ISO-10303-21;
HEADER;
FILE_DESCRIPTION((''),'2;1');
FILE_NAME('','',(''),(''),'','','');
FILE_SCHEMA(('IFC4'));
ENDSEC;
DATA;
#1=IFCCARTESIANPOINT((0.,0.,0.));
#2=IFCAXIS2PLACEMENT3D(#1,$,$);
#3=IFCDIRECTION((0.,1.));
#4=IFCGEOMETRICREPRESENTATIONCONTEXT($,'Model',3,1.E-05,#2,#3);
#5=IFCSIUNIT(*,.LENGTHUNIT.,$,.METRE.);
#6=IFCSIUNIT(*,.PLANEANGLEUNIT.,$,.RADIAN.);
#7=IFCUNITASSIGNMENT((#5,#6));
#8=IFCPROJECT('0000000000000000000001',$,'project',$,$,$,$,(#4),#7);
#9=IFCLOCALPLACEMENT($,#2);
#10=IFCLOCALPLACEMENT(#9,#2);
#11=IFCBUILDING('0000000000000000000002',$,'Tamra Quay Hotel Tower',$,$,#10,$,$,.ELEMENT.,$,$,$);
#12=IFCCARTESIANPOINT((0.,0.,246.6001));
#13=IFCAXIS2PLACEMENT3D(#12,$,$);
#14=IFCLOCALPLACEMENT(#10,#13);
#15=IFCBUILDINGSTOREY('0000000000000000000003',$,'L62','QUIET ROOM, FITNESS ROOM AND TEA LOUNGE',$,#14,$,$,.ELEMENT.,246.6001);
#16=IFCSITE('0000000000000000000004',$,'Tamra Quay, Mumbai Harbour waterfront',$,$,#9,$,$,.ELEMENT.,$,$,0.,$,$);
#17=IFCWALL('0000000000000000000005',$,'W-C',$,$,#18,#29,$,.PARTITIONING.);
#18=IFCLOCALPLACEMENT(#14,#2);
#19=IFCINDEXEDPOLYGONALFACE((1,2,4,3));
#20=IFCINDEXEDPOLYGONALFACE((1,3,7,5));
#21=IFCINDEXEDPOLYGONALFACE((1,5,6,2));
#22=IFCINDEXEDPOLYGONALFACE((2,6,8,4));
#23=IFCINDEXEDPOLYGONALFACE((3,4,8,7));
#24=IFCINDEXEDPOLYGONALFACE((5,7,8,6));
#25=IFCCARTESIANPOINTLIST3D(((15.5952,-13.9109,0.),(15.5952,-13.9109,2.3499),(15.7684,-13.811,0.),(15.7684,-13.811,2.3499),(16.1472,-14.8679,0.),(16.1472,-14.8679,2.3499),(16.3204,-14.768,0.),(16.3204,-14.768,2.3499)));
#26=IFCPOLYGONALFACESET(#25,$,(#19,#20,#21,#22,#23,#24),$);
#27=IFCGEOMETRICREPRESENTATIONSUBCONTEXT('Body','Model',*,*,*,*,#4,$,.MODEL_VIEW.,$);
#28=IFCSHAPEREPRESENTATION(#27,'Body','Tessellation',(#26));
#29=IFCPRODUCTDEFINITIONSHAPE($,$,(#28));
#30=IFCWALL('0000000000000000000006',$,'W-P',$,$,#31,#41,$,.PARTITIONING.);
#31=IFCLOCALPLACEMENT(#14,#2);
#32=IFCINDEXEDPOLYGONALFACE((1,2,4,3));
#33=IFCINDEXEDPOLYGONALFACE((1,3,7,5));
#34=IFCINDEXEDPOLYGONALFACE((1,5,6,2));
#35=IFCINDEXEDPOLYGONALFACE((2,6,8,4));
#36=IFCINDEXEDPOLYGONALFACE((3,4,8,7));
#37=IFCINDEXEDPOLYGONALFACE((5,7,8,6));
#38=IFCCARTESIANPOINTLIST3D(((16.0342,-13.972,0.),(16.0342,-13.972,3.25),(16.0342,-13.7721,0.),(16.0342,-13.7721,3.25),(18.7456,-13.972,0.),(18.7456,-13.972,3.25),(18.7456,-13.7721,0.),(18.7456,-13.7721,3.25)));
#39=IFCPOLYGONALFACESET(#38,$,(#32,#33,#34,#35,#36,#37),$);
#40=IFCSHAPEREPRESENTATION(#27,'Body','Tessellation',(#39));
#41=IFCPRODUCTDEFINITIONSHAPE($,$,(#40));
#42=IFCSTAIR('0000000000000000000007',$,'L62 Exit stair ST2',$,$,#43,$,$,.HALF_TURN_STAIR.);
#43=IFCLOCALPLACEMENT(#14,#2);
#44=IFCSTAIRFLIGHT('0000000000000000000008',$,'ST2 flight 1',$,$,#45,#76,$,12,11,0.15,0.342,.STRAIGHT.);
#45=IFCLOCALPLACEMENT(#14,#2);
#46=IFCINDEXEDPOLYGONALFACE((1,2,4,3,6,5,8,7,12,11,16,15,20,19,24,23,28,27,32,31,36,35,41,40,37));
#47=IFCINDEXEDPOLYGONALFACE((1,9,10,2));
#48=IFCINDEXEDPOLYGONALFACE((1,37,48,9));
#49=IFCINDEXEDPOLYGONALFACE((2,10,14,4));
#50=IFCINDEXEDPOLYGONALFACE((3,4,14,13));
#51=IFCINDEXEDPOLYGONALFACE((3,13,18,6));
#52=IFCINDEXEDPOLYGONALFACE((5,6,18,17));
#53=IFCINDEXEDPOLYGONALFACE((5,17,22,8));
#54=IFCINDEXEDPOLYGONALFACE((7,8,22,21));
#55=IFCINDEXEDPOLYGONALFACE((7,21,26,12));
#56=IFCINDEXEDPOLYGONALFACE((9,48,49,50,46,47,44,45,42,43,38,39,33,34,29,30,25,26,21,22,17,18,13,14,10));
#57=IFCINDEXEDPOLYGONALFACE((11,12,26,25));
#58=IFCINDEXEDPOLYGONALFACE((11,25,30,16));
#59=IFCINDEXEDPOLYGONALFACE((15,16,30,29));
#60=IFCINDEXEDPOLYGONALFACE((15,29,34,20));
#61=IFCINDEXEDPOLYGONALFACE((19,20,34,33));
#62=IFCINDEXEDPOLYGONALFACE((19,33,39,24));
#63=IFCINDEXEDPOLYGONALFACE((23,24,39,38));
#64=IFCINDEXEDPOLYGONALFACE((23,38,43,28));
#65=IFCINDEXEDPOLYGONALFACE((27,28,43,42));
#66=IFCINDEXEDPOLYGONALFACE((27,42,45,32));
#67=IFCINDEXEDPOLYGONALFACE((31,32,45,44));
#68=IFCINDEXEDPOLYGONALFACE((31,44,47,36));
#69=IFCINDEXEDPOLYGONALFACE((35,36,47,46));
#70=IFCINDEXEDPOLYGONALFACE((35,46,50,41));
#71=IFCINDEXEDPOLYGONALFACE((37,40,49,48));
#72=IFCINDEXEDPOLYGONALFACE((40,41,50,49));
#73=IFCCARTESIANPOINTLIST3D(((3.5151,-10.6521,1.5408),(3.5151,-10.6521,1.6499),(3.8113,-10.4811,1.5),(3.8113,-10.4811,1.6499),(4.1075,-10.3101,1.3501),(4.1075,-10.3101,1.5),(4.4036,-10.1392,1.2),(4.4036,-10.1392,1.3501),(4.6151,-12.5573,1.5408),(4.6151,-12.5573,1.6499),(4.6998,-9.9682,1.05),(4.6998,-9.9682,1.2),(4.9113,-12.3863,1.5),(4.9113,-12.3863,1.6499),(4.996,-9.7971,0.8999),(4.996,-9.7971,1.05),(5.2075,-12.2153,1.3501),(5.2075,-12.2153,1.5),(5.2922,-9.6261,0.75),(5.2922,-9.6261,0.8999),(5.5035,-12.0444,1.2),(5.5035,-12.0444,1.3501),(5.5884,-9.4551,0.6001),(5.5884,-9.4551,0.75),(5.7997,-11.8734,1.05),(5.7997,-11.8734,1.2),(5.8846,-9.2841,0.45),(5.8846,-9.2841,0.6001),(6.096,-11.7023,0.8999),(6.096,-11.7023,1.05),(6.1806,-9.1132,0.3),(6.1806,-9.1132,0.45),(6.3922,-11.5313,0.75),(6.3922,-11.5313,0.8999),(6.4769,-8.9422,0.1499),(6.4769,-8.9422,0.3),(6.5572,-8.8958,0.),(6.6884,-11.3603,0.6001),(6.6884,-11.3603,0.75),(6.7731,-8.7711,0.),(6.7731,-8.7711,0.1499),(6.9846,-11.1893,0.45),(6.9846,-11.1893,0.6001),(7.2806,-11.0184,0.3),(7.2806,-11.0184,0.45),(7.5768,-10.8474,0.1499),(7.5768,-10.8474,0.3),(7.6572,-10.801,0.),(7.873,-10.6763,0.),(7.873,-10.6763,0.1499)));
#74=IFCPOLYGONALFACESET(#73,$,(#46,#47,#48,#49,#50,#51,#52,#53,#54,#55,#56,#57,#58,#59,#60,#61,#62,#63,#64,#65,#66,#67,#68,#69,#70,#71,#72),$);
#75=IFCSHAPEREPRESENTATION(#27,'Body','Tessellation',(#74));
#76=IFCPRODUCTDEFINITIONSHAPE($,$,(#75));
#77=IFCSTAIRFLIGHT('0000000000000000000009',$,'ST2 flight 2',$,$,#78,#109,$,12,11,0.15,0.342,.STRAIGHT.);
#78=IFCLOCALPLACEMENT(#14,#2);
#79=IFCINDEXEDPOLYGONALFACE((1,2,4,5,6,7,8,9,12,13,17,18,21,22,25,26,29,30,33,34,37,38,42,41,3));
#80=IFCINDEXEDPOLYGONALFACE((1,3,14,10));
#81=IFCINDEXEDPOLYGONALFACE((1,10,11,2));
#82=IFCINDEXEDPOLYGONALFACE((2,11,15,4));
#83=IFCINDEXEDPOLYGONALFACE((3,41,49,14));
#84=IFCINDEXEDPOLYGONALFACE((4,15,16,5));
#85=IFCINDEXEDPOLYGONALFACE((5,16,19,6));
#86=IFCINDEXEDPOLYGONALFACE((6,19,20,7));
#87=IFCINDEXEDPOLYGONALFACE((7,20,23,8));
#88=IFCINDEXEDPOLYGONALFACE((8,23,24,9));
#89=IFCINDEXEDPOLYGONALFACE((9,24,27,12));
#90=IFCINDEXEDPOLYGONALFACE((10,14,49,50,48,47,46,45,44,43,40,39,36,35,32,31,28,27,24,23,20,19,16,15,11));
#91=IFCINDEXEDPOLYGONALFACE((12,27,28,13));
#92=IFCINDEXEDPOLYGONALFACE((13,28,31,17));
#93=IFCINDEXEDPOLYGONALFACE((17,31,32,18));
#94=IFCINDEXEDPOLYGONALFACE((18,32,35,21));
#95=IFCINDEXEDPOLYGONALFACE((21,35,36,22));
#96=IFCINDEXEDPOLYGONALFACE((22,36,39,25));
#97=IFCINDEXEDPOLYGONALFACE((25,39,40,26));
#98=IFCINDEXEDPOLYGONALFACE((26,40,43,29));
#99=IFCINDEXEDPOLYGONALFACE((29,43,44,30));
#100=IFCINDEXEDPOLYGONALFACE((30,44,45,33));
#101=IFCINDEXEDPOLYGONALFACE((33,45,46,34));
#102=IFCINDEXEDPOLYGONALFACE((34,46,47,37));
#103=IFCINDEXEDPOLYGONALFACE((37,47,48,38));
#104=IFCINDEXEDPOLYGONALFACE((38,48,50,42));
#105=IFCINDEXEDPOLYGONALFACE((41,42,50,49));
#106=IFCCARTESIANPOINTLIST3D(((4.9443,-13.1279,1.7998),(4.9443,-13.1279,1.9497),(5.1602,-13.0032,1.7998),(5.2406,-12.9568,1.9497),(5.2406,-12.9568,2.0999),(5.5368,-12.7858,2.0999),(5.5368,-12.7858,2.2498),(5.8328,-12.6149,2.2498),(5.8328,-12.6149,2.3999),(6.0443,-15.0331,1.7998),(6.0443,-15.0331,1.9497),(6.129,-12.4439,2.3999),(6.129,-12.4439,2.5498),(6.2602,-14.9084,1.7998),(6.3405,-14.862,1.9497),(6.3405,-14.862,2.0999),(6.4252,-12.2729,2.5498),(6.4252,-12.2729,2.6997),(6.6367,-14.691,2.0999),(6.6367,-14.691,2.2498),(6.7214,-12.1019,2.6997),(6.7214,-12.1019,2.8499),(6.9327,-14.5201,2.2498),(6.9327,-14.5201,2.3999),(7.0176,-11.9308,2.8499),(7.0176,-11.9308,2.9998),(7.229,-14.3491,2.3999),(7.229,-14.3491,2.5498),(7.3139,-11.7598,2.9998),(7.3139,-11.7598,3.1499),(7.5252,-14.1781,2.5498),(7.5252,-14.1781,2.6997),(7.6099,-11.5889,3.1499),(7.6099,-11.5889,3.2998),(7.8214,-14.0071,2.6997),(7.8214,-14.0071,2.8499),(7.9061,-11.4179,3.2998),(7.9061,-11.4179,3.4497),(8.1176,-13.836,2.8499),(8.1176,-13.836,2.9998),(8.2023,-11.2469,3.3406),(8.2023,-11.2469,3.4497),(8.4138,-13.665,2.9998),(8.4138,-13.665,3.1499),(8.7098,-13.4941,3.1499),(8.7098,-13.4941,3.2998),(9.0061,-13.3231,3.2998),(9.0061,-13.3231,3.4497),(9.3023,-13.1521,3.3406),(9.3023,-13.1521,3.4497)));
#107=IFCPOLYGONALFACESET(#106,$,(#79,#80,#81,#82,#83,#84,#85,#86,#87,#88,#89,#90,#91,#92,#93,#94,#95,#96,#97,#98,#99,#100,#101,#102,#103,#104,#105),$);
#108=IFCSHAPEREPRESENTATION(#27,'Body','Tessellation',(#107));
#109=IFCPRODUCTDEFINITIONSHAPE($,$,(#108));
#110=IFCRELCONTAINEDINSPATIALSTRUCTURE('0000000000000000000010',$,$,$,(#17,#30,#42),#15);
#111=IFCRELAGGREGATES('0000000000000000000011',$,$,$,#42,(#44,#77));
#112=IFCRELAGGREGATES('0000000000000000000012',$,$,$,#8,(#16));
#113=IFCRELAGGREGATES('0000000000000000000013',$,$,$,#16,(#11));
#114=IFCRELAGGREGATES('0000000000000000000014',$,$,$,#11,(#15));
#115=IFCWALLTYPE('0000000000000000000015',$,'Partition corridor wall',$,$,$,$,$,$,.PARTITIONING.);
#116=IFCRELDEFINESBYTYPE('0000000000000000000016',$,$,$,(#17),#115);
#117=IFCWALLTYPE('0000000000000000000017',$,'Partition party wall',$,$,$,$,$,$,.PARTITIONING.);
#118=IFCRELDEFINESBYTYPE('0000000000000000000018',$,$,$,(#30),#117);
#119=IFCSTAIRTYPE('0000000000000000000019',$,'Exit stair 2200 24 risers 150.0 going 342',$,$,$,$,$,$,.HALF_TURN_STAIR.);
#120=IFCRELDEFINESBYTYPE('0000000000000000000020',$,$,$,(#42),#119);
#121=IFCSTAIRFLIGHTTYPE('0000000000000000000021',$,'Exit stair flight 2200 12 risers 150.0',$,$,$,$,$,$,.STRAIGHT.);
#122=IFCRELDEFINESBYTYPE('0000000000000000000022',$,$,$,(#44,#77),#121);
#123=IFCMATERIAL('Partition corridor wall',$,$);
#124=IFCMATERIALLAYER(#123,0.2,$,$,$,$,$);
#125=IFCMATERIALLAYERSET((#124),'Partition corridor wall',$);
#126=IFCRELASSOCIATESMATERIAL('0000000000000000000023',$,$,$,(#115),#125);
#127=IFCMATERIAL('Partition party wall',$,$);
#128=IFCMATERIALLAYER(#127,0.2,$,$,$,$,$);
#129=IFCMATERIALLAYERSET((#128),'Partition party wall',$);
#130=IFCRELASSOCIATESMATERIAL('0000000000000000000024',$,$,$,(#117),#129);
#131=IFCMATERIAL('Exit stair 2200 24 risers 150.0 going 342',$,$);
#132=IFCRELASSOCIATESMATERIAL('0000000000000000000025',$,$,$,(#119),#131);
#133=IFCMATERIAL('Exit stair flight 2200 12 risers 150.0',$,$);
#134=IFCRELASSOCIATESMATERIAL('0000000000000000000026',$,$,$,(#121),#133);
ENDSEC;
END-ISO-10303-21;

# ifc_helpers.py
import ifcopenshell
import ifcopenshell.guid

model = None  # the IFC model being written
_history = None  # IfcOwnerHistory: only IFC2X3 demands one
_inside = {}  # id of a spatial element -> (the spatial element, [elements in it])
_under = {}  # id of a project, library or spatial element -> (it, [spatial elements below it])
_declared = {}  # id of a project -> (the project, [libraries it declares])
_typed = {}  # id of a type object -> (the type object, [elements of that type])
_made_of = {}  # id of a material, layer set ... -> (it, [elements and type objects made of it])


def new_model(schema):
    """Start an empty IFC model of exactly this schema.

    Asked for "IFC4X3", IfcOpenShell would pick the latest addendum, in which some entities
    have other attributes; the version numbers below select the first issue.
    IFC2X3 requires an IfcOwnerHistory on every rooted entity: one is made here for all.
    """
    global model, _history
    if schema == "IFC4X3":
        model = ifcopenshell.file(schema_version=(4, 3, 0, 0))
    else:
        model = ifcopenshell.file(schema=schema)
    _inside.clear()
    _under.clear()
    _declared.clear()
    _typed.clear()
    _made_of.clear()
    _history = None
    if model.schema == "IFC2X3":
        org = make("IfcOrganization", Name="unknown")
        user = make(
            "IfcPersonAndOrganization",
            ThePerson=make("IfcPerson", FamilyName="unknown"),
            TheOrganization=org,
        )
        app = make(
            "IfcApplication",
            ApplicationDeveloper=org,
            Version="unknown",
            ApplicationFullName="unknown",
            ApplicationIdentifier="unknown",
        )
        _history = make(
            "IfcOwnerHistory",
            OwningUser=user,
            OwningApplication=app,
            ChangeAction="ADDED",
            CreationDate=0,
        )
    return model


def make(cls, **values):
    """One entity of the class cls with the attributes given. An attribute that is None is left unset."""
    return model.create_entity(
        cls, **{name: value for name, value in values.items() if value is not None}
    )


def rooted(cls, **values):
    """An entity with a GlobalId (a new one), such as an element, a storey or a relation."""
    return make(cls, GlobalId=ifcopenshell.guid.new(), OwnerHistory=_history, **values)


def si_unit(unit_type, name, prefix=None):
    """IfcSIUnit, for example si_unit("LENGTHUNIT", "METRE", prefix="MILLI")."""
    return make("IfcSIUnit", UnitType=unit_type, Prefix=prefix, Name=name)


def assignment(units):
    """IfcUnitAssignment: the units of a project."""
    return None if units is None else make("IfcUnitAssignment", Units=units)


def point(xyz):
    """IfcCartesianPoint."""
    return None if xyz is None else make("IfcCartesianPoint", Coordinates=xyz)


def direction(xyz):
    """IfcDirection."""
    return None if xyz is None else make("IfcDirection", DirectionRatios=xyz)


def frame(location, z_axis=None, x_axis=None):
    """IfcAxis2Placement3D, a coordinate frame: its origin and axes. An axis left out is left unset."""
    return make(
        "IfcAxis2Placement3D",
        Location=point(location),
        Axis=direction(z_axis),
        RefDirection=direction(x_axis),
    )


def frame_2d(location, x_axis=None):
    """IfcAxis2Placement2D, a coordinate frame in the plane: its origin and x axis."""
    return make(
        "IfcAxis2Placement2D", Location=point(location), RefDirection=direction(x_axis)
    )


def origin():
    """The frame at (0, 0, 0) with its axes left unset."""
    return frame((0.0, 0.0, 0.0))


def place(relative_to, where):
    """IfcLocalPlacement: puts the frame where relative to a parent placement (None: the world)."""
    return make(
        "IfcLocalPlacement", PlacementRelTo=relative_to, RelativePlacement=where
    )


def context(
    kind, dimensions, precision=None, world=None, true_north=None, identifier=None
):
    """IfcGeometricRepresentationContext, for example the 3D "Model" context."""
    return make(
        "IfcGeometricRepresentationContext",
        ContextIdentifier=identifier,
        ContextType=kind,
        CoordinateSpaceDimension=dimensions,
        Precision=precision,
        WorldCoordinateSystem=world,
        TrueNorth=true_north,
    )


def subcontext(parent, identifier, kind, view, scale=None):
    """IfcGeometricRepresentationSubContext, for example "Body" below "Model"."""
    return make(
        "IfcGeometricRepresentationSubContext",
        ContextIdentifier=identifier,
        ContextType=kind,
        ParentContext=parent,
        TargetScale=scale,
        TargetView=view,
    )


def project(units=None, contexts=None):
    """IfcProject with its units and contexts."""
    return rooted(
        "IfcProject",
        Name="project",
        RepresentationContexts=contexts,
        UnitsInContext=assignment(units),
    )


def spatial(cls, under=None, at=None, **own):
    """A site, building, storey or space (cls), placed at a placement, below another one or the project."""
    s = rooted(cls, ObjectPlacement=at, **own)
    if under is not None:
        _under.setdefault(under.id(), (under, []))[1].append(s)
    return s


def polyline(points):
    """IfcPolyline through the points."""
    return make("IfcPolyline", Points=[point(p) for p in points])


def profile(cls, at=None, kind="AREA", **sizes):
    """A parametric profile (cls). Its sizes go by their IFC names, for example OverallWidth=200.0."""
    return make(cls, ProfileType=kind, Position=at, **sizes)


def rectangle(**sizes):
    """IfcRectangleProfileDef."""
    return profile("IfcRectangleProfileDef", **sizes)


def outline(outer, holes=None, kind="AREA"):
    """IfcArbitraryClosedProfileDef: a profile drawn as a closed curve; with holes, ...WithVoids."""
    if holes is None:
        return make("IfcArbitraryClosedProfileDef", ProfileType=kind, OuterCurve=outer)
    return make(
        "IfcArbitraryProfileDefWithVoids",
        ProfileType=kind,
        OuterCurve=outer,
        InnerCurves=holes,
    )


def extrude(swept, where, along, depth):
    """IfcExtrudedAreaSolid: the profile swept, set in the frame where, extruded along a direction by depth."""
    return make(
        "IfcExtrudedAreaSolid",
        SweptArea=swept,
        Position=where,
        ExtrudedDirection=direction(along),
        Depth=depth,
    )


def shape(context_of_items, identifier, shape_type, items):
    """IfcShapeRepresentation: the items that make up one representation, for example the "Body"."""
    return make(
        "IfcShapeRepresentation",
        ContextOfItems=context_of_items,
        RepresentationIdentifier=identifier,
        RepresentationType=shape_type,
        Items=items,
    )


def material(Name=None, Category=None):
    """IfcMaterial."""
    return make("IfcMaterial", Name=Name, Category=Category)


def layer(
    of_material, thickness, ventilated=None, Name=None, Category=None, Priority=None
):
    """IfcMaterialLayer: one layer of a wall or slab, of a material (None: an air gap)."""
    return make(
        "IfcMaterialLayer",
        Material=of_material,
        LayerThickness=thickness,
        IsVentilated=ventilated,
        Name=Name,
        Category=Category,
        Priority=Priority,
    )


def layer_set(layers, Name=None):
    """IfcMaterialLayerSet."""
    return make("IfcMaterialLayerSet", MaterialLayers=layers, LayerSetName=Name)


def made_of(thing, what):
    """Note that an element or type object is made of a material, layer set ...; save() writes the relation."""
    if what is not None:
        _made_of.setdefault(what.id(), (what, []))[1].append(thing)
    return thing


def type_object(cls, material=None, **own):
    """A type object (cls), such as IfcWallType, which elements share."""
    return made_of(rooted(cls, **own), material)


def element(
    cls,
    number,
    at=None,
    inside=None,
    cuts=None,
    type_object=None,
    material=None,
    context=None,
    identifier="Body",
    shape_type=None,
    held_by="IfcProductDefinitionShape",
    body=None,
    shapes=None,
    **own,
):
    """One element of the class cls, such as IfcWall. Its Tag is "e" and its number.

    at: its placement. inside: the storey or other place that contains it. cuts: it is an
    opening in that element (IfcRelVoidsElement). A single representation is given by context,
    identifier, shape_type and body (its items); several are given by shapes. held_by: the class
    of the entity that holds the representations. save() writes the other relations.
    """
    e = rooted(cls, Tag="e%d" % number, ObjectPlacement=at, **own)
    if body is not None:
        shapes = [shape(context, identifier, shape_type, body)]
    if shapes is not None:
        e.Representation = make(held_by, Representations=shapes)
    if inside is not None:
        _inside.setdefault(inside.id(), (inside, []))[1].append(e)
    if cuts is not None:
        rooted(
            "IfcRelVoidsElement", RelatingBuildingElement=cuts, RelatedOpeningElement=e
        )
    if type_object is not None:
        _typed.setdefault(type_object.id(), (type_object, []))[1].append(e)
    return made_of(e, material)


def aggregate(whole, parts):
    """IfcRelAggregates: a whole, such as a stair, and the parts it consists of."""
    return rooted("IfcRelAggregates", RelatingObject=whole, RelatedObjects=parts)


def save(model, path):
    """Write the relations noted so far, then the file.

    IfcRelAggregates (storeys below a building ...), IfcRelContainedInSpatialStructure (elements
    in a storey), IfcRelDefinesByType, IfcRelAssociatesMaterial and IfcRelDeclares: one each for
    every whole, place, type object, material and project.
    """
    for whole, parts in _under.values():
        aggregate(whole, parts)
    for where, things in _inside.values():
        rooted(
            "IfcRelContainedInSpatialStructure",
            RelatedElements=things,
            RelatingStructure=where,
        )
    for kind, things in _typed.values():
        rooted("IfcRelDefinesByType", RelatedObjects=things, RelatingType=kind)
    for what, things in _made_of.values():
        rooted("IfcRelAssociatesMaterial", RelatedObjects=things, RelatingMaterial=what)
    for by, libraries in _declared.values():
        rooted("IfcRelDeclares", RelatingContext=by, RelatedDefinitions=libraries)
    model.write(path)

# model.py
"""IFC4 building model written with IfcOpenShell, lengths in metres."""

from ifc_helpers import new_model, si_unit, direction, frame, frame_2d, origin, place, context, subcontext, project, spatial, polyline, rectangle, outline, extrude, material, layer, layer_set, type_object, element, aggregate, save


model = new_model("IFC4")

# Units and contexts
model_context = context("Model", 3, precision=1e-05, world=origin(), true_north=direction((0.0, 1.0)))
body_context = subcontext(model_context, "Body", "Model", "MODEL_VIEW")
ifc_project = project(units=[si_unit("LENGTHUNIT", "METRE"), si_unit("PLANEANGLEUNIT", "RADIAN")], contexts=[model_context])

# Site, building, storey
site_placement = place(None, origin())
site = spatial("IfcSite", under=ifc_project, at=site_placement, Name="Tamra Quay, Mumbai Harbour waterfront", CompositionType="ELEMENT", RefElevation=0.0)
building_placement = place(site_placement, origin())
building = spatial("IfcBuilding", under=site, at=building_placement, Name="Tamra Quay Hotel Tower", CompositionType="ELEMENT")
storey_placement = place(building_placement, frame((0.0, 0.0, 246.6001)))
storey = spatial("IfcBuildingStorey", under=building, at=storey_placement, Name="L62", Description="QUIET ROOM, FITNESS ROOM AND TEA LOUNGE", CompositionType="ELEMENT", Elevation=246.6001)

# Walls
ifc_material_1 = material(Name="Partition corridor wall")
ifc_layer_1 = layer(ifc_material_1, 0.2)
ifc_layer_set_1 = layer_set([ifc_layer_1], Name="Partition corridor wall")
wall_type_1 = type_object("IfcWallType", Name="Partition corridor wall", PredefinedType="PARTITIONING", material=ifc_layer_set_1)
wall_1_placement = place(storey_placement, frame((15.6819, -13.8611, 0.0), z_axis=(0.0, 0.0, 1.0), x_axis=(0.499633, -0.866237, 0.0)))
element("IfcWall", 1, at=wall_1_placement, inside=storey, type_object=wall_type_1, Name="W-C", PredefinedType="PARTITIONING", context=body_context, shape_type="SweptSolid", body=[
    extrude(rectangle(XDim=1.1047, YDim=0.2, at=frame_2d((0.5522, 0.0))), origin(), (0.0, 0.0, 1.0), 2.3499),
])
ifc_material_2 = material(Name="Partition party wall")
ifc_layer_2 = layer(ifc_material_2, 0.2)
ifc_layer_set_2 = layer_set([ifc_layer_2], Name="Partition party wall")
wall_type_2 = type_object("IfcWallType", Name="Partition party wall", PredefinedType="PARTITIONING", material=ifc_layer_set_2)
wall_2_placement = place(storey_placement, frame((18.7456, -13.8721, 0.0), z_axis=(0.0, 0.0, 1.0), x_axis=(-1.0, 0.0, 0.0)))
element("IfcWall", 2, at=wall_2_placement, inside=storey, type_object=wall_type_2, Name="W-P", PredefinedType="PARTITIONING", context=body_context, shape_type="SweptSolid", body=[
    extrude(rectangle(XDim=2.7114, YDim=0.2, at=frame_2d((1.3557, 0.0))), origin(), (0.0, 0.0, 1.0), 3.25),
])

# Stair, stair flights
ifc_material_3 = material(Name="Exit stair 2200 24 risers 150.0 going 342")
stair_type = type_object("IfcStairType", Name="Exit stair 2200 24 risers 150.0 going 342", PredefinedType="HALF_TURN_STAIR", material=ifc_material_3)
stair_placement = place(storey_placement, origin())
stair = element("IfcStair", 3, at=stair_placement, inside=storey, type_object=stair_type, Name="L62 Exit stair ST2", PredefinedType="HALF_TURN_STAIR")
ifc_material_4 = material(Name="Exit stair flight 2200 12 risers 150.0")
stair_flight_type = type_object("IfcStairFlightType", Name="Exit stair flight 2200 12 risers 150.0", PredefinedType="STRAIGHT", material=ifc_material_4)
stair_flight_1_placement = place(storey_placement, frame((7.323, -9.7236, 0.0), z_axis=(0.0, 0.0, 1.0), x_axis=(-0.866025, -0.5, 0.0)))
stair_flight_1 = element("IfcStairFlight", 4, at=stair_flight_1_placement, type_object=stair_flight_type, Name="ST2 flight 1", NumberOfRisers=12, NumberOfTreads=11, PredefinedType="STRAIGHT", RiserHeight=0.15, TreadLength=0.342, context=body_context, shape_type="SweptSolid", body=[
    extrude(outline(polyline([(0.0, 0.0), (0.0, 0.1499), (0.342, 0.1499), (0.342, 0.3), (0.6841, 0.3), (0.6841, 0.45), (1.0259, 0.45), (1.0259, 0.6001), (1.3679, 0.6001), (1.3679, 0.75), (1.71, 0.75), (1.71, 0.8999), (2.052, 0.8999), (2.052, 1.05), (2.394, 1.05), (2.394, 1.2), (2.7361, 1.2), (2.7361, 1.3501), (3.0779, 1.3501), (3.0779, 1.5), (3.4199, 1.5), (3.4199, 1.6499), (3.762, 1.6499), (3.762, 1.8), (3.762, 1.5408), (0.2493, 0.0), (0.0, 0.0)])), frame((0.0, 1.1001, 0.0), z_axis=(0.0, -1.0, 0.0), x_axis=(1.0, 0.0, 0.0)), (0.0, 0.0, 1.0), 2.2),
])
stair_flight_2_placement = place(storey_placement, frame((5.4944, -14.0806, 1.7998), z_axis=(0.0, 0.0, 1.0), x_axis=(0.866025, 0.5, 0.0)))
stair_flight_2 = element("IfcStairFlight", 5, at=stair_flight_2_placement, type_object=stair_flight_type, Name="ST2 flight 2", NumberOfRisers=12, NumberOfTreads=11, PredefinedType="STRAIGHT", RiserHeight=0.15, TreadLength=0.342, context=body_context, shape_type="SweptSolid", body=[
    extrude(outline(polyline([(0.0, 0.0), (0.0, 0.1499), (0.342, 0.1499), (0.342, 0.3), (0.6841, 0.3), (0.6841, 0.45), (1.0259, 0.45), (1.0259, 0.6001), (1.3679, 0.6001), (1.3679, 0.75), (1.71, 0.75), (1.71, 0.8999), (2.052, 0.8999), (2.052, 1.05), (2.394, 1.05), (2.394, 1.2), (2.7361, 1.2), (2.7361, 1.3501), (3.0779, 1.3501), (3.0779, 1.5), (3.4199, 1.5), (3.4199, 1.6499), (3.762, 1.6499), (3.762, 1.8), (3.762, 1.5408), (0.2493, 0.0), (0.0, 0.0)])), frame((0.0, 1.1001, 0.0), z_axis=(0.0, -1.0, 0.0), x_axis=(1.0, 0.0, 0.0)), (0.0, 0.0, 1.0), 2.2),
])
aggregate(stair, [stair_flight_1, stair_flight_2])

save(model, "model.ifc")
